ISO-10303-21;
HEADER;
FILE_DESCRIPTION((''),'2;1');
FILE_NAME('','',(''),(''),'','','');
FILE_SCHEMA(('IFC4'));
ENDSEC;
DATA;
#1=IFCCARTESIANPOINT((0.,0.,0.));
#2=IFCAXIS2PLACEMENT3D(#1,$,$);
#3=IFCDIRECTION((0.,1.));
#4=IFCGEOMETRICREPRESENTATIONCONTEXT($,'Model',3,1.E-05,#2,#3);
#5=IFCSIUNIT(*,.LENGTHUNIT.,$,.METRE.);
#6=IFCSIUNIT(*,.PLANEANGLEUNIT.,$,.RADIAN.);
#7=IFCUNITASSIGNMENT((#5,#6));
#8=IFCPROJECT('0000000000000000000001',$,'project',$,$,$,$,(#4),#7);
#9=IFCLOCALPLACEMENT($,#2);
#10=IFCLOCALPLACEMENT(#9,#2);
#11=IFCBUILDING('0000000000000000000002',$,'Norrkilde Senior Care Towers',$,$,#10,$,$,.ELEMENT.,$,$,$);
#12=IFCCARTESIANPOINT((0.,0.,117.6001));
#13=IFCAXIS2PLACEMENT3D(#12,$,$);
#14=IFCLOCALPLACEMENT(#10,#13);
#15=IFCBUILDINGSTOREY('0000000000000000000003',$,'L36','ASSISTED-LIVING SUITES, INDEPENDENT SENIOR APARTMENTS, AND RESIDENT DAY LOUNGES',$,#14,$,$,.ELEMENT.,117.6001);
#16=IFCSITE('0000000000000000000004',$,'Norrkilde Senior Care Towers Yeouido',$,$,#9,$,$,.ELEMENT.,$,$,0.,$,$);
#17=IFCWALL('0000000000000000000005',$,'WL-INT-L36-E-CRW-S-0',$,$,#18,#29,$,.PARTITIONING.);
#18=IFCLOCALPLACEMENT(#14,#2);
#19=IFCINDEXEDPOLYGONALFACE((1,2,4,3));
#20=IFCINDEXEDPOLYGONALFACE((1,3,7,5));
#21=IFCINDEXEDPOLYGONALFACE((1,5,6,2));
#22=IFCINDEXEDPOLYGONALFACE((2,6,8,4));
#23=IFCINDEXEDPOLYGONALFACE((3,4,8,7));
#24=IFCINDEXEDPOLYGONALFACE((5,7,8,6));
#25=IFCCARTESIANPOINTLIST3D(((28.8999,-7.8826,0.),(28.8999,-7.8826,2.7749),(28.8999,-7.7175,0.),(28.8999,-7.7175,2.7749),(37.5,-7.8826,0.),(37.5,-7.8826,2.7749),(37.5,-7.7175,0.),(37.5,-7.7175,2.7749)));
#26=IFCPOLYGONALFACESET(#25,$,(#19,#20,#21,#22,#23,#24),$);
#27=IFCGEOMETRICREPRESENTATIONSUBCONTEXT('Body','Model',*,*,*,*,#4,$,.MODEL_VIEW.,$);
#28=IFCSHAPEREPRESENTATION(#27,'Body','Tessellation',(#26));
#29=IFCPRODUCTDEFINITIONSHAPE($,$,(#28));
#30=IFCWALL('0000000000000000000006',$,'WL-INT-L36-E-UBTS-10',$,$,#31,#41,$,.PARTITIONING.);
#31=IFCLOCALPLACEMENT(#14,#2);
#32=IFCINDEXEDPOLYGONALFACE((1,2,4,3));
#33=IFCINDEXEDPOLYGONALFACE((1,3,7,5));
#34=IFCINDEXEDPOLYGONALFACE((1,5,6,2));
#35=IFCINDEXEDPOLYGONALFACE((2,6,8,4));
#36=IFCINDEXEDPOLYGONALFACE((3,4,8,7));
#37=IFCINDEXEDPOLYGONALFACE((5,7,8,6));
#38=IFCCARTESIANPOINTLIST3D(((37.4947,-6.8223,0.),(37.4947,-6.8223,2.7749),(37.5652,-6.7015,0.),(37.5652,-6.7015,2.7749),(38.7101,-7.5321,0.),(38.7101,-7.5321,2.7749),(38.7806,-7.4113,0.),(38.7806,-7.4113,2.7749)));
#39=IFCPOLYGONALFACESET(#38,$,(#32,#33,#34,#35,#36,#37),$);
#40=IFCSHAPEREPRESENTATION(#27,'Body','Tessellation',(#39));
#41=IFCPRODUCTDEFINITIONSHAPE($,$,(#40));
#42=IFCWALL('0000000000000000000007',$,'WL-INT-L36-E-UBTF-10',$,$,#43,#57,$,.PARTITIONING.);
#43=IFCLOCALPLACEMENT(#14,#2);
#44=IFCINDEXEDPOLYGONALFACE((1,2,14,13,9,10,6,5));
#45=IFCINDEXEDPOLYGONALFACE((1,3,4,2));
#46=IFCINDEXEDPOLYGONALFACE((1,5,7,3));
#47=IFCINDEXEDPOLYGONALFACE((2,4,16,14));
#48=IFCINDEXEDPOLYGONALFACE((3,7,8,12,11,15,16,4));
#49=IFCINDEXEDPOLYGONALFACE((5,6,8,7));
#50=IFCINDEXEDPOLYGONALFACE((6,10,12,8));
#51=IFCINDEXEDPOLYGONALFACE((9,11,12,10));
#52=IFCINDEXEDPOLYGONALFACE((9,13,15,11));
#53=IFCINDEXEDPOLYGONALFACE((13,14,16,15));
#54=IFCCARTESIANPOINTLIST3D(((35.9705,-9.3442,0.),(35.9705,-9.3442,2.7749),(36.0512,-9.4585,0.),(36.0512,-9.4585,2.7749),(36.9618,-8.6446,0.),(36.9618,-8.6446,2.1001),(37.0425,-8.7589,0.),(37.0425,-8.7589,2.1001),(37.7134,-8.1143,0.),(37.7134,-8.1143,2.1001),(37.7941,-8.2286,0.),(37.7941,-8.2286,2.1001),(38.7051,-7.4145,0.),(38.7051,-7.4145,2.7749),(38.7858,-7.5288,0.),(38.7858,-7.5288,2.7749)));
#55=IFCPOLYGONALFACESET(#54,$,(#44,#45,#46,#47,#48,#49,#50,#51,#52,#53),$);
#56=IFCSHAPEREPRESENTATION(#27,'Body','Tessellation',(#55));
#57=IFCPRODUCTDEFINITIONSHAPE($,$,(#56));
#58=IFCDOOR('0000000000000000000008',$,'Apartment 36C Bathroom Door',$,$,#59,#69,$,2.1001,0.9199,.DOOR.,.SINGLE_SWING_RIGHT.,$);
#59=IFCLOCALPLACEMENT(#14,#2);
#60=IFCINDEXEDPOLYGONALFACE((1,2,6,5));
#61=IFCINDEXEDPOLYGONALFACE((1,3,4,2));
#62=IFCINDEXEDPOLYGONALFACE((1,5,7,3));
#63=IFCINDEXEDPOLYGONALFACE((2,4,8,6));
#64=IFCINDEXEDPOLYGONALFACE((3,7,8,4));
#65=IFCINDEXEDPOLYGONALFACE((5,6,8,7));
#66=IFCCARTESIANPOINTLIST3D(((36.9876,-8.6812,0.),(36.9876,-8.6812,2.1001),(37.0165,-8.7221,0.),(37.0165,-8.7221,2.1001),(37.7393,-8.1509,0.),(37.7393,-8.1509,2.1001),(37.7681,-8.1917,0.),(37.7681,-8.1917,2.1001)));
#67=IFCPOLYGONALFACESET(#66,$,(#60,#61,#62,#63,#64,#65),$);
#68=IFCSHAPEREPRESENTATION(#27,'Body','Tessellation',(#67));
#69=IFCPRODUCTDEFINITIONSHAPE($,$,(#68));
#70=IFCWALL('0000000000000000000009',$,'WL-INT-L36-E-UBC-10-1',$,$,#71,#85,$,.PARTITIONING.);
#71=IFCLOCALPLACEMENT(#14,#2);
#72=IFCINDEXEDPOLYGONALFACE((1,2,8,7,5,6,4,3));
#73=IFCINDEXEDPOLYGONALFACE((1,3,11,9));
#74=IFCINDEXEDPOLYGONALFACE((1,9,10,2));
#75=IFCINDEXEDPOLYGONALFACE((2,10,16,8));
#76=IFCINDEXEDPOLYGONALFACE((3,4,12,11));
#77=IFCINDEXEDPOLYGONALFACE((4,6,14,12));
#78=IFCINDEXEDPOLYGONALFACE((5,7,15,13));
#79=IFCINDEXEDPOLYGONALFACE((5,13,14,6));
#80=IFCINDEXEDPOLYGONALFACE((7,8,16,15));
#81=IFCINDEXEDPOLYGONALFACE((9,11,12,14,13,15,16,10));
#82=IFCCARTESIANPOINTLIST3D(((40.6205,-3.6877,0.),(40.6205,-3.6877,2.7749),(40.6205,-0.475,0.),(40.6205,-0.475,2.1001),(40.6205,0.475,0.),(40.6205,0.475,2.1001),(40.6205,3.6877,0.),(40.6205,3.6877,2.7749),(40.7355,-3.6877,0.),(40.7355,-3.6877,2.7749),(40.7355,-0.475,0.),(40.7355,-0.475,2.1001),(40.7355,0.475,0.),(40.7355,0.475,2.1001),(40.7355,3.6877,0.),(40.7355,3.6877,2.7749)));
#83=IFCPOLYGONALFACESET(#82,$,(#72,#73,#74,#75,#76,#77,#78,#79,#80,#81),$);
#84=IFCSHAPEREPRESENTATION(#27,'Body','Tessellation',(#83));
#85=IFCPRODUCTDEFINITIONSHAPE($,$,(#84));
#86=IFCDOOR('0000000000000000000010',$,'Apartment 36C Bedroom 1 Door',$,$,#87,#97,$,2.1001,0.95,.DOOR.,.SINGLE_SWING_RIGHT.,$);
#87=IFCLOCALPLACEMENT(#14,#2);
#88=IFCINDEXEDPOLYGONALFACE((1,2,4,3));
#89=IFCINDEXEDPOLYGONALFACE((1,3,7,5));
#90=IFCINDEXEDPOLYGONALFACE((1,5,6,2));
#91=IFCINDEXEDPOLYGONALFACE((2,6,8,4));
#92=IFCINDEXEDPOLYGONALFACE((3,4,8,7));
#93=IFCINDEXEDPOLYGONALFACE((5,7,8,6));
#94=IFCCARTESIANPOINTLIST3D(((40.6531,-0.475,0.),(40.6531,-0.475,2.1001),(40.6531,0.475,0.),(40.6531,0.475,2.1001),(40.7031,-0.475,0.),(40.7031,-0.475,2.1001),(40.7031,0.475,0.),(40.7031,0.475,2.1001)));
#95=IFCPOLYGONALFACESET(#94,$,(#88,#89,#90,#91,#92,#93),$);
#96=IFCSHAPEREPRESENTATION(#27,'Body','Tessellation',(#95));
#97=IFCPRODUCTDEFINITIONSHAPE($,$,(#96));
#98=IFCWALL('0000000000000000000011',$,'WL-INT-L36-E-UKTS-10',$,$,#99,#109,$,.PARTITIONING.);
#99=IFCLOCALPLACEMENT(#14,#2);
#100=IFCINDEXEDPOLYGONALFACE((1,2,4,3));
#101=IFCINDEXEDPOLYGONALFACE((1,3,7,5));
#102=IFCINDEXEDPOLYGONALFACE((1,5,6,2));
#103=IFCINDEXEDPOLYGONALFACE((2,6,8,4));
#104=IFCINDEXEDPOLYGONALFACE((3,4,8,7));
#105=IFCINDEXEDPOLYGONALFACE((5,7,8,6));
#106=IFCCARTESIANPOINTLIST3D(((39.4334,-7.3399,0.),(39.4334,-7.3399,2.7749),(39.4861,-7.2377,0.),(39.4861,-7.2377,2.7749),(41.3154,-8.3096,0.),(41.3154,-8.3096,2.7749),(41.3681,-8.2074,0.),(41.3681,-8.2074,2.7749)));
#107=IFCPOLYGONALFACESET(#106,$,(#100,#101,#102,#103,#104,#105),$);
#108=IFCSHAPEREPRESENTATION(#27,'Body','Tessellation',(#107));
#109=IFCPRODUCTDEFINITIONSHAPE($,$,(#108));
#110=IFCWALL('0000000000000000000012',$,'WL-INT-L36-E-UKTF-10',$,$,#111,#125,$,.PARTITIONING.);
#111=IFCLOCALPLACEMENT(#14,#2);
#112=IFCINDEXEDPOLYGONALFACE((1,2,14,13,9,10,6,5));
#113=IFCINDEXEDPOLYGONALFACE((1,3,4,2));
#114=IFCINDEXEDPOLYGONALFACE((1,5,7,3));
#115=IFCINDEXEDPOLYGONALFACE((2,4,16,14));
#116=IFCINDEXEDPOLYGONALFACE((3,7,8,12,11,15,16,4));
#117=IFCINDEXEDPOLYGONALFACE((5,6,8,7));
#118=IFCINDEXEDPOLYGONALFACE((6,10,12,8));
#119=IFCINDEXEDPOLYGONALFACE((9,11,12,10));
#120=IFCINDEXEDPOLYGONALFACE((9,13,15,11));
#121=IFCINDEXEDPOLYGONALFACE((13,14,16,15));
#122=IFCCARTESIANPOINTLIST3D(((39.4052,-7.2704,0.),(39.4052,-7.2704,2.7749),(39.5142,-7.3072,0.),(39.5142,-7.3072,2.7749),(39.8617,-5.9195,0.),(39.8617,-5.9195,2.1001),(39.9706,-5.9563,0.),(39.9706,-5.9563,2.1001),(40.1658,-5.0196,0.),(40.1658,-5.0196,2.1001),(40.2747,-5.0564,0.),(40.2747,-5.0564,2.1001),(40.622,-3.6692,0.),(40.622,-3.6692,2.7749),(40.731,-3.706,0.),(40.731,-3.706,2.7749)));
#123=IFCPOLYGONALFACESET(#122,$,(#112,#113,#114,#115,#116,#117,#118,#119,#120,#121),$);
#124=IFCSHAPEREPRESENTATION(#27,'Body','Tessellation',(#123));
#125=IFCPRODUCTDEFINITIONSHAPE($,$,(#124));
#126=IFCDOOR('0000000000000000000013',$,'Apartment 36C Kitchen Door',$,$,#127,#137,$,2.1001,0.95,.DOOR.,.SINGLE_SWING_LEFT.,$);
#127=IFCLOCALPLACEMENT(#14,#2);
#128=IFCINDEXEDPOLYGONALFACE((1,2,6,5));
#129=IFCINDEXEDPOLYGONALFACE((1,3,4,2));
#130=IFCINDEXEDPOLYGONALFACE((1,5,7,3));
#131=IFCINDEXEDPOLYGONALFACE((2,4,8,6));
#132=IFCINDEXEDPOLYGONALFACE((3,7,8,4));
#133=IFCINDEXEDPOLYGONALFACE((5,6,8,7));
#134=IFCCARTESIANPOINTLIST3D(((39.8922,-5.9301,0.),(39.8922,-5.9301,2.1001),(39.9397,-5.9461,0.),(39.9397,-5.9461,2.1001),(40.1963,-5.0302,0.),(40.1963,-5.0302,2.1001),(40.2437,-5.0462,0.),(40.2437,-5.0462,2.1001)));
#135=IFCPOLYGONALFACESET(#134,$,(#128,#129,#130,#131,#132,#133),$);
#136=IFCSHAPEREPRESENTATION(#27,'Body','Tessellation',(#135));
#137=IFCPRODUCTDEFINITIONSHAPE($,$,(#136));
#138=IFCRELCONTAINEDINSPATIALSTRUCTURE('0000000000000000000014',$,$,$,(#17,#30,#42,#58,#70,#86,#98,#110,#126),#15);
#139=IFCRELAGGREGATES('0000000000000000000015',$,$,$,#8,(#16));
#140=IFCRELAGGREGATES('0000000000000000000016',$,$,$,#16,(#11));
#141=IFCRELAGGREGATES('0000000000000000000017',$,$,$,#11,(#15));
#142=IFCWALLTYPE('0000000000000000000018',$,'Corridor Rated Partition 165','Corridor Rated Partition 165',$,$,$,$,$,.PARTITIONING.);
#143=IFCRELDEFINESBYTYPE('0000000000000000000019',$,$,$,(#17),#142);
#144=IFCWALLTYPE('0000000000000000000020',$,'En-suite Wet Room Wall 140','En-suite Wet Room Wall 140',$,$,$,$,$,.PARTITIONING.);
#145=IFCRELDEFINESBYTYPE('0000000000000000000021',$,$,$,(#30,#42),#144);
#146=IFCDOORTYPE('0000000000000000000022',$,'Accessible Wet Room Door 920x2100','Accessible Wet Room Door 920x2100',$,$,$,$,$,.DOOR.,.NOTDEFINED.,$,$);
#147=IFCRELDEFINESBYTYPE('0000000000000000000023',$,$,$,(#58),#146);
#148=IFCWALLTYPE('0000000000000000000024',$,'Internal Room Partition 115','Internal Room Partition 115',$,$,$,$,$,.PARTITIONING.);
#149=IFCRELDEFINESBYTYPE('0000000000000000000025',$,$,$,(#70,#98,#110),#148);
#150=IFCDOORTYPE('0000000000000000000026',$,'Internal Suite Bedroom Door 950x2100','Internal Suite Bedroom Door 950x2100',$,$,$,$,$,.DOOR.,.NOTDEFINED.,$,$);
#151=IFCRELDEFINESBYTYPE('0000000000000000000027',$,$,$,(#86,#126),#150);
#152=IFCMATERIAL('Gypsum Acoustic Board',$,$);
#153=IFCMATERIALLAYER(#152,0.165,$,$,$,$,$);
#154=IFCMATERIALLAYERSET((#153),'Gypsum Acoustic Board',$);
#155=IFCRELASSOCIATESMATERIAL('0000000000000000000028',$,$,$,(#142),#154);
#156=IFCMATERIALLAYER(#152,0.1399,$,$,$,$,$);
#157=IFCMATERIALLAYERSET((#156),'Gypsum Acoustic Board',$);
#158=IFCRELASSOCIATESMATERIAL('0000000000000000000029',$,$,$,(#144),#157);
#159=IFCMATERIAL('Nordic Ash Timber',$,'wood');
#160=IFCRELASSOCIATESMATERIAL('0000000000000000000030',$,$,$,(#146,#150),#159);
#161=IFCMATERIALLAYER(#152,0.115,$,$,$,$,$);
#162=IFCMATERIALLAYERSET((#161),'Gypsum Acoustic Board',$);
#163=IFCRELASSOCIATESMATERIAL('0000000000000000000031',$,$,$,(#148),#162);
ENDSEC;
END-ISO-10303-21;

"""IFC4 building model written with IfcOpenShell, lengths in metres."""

from ifc_helpers import new_model, si_unit, direction, frame, frame_2d, origin, place, context, subcontext, project, spatial, rectangle, extrude, source, transform, mapped, material, layer, layer_set, type_object, type_shapes, element, fill, save


model = new_model("IFC4")

# Units and contexts
model_context = context("Model", 3, precision=1e-05, world=origin(), true_north=direction((0.0, 1.0)))
body_context = subcontext(model_context, "Body", "Model", "MODEL_VIEW")
ifc_project = project(units=[si_unit("LENGTHUNIT", "METRE"), si_unit("PLANEANGLEUNIT", "RADIAN")], contexts=[model_context])

# Site, building, storey
site_placement = place(None, origin())
site = spatial("IfcSite", under=ifc_project, at=site_placement, Name="Norrkilde Senior Care Towers Yeouido", CompositionType="ELEMENT", RefElevation=0.0)
building_placement = place(site_placement, origin())
building = spatial("IfcBuilding", under=site, at=building_placement, Name="Norrkilde Senior Care Towers", CompositionType="ELEMENT")
storey_placement = place(building_placement, frame((0.0, 0.0, 117.6001)))
storey = spatial("IfcBuildingStorey", under=building, at=storey_placement, Name="L36", Description="ASSISTED-LIVING SUITES, INDEPENDENT SENIOR APARTMENTS, AND RESIDENT DAY LOUNGES", CompositionType="ELEMENT", Elevation=117.6001)

# Walls
ifc_material_1 = material(Name="Gypsum Acoustic Board")
ifc_layer_1 = layer(ifc_material_1, 0.165)
ifc_layer_set_1 = layer_set([ifc_layer_1], Name="Gypsum Acoustic Board")
wall_type_1 = type_object("IfcWallType", Name="Corridor Rated Partition 165", Description="Corridor Rated Partition 165", PredefinedType="PARTITIONING", material=ifc_layer_set_1)
shared_shape_1 = source(origin(), body_context, "Body", "SweptSolid", [
    extrude(rectangle(XDim=8.6001, YDim=0.165, at=frame_2d((4.3, 0.0))), origin(), (0.0, 0.0, 1.0), 2.7749),
])
type_shapes(wall_type_1, [shared_shape_1])
wall_1_placement = place(storey_placement, frame((37.5, -7.8, 0.0), z_axis=(0.0, 0.0, 1.0), x_axis=(-1.0, 0.0, 0.0)))
element("IfcWall", 1, at=wall_1_placement, inside=storey, type_object=wall_type_1, Name="WL-INT-L36-E-CRW-S-0", PredefinedType="PARTITIONING", context=body_context, shape_type="MappedRepresentation", body=[
    mapped(shared_shape_1, transform((0.0, 0.0, 0.0), x_axis=(1.0, 0.0, 0.0), y_axis=(0.0, 1.0, 0.0), z_axis=(0.0, 0.0, 1.0), scale=1.0)),
])
ifc_layer_2 = layer(ifc_material_1, 0.1399)
ifc_layer_set_2 = layer_set([ifc_layer_2], Name="Gypsum Acoustic Board")
wall_type_2 = type_object("IfcWallType", Name="En-suite Wet Room Wall 140", Description="En-suite Wet Room Wall 140", PredefinedType="PARTITIONING", material=ifc_layer_set_2)
shared_shape_2 = source(origin(), body_context, "Body", "SweptSolid", [
    extrude(rectangle(XDim=1.4075, YDim=0.1399, at=frame_2d((0.7036, 0.0))), origin(), (0.0, 0.0, 1.0), 2.7749),
])
wall_2_placement = place(storey_placement, frame((37.53, -6.762, 0.0), z_axis=(0.0, 0.0, 1.0), x_axis=(0.86354, -0.504281, 0.0)))
element("IfcWall", 2, at=wall_2_placement, inside=storey, type_object=wall_type_2, Name="WL-INT-L36-E-UBTS-10", PredefinedType="PARTITIONING", context=body_context, shape_type="MappedRepresentation", body=[
    mapped(shared_shape_2, transform((0.0, 0.0, 0.0), x_axis=(1.0, 0.0, 0.0), y_axis=(0.0, 1.0, 0.0), z_axis=(0.0, 0.0, 1.0), scale=1.0)),
])

# Walls, openings, doors
shared_shape_3 = source(origin(), body_context, "Body", "SweptSolid", [
    extrude(rectangle(XDim=3.3469, YDim=0.1399, at=frame_2d((1.6733, 0.0))), origin(), (0.0, 0.0, 1.0), 2.7749),
])
type_shapes(wall_type_2, [shared_shape_2, shared_shape_3])
wall_3_placement = place(storey_placement, frame((38.7454, -7.4717, 0.0), z_axis=(0.0, 0.0, 1.0), x_axis=(-0.817057, -0.576557, 0.0)))
wall_3 = element("IfcWall", 3, at=wall_3_placement, inside=storey, type_object=wall_type_2, Name="WL-INT-L36-E-UBTF-10", PredefinedType="PARTITIONING", context=body_context, shape_type="MappedRepresentation", body=[
    mapped(shared_shape_3, transform((0.0, 0.0, 0.0), x_axis=(1.0, 0.0, 0.0), y_axis=(0.0, 1.0, 0.0), z_axis=(0.0, 0.0, 1.0), scale=1.0)),
])
opening_1_placement = place(wall_3_placement, frame((1.2136, 0.0, 0.0)))
opening_1 = element("IfcOpeningElement", 4, at=opening_1_placement, cuts=wall_3, PredefinedType="OPENING", context=body_context, shape_type="SweptSolid", body=[
    extrude(rectangle(XDim=0.9199, YDim=2.1001, at=frame_2d((0.46, 1.05))), frame((0.0, 0.0798, 0.0), z_axis=(0.0, -1.0, 0.0), x_axis=(1.0, 0.0, 0.0)), (0.0, 0.0, 1.0), 0.1599),
])
ifc_material_2 = material(Name="Nordic Ash Timber", Category="wood")
door_type_1 = type_object("IfcDoorType", Name="Accessible Wet Room Door 920x2100", Description="Accessible Wet Room Door 920x2100", OperationType="NOTDEFINED", PredefinedType="DOOR", material=ifc_material_2)
shared_shape_4 = source(origin(), body_context, "Body", "SweptSolid", [
    extrude(rectangle(XDim=0.9199, YDim=2.1001, at=frame_2d((0.46, 1.05))), frame((0.0, 0.0249, 0.0), z_axis=(0.0, -1.0, 0.0), x_axis=(1.0, 0.0, 0.0)), (0.0, 0.0, 1.0), 0.05),
])
type_shapes(door_type_1, [shared_shape_4])
door_1_placement = place(opening_1_placement, origin())
door_1 = element("IfcDoor", 5, at=door_1_placement, inside=storey, type_object=door_type_1, Name="Apartment 36C Bathroom Door", OperationType="SINGLE_SWING_RIGHT", OverallHeight=2.1001, OverallWidth=0.9199, PredefinedType="DOOR", context=body_context, shape_type="MappedRepresentation", body=[
    mapped(shared_shape_4, transform((0.0, 0.0, 0.0), x_axis=(1.0, 0.0, 0.0), y_axis=(0.0, 1.0, 0.0), z_axis=(0.0, 0.0, 1.0), scale=1.0)),
])
fill(opening_1, door_1)
ifc_layer_3 = layer(ifc_material_1, 0.115)
ifc_layer_set_3 = layer_set([ifc_layer_3], Name="Gypsum Acoustic Board")
wall_type_3 = type_object("IfcWallType", Name="Internal Room Partition 115", Description="Internal Room Partition 115", PredefinedType="PARTITIONING", material=ifc_layer_set_3)
shared_shape_5 = source(origin(), body_context, "Body", "SweptSolid", [
    extrude(rectangle(XDim=7.3755, YDim=0.115, at=frame_2d((3.6877, 0.0))), origin(), (0.0, 0.0, 1.0), 2.7749),
])
wall_4_placement = place(storey_placement, frame((40.678, -3.6877, 0.0), z_axis=(0.0, 0.0, 1.0), x_axis=(0.0, 1.0, 0.0)))
wall_4 = element("IfcWall", 6, at=wall_4_placement, inside=storey, type_object=wall_type_3, Name="WL-INT-L36-E-UBC-10-1", PredefinedType="PARTITIONING", context=body_context, shape_type="MappedRepresentation", body=[
    mapped(shared_shape_5, transform((0.0, 0.0, 0.0), x_axis=(1.0, 0.0, 0.0), y_axis=(0.0, 1.0, 0.0), z_axis=(0.0, 0.0, 1.0), scale=1.0)),
])
opening_2_placement = place(wall_4_placement, frame((3.2126, 0.0, 0.0)))
opening_2 = element("IfcOpeningElement", 7, at=opening_2_placement, cuts=wall_4, PredefinedType="OPENING", context=body_context, shape_type="SweptSolid", body=[
    extrude(rectangle(XDim=0.95, YDim=2.1001, at=frame_2d((0.4751, 1.05))), frame((0.0, 0.0674, 0.0), z_axis=(0.0, -1.0, 0.0), x_axis=(1.0, 0.0, 0.0)), (0.0, 0.0, 1.0), 0.135),
])
door_type_2 = type_object("IfcDoorType", Name="Internal Suite Bedroom Door 950x2100", Description="Internal Suite Bedroom Door 950x2100", OperationType="NOTDEFINED", PredefinedType="DOOR", material=ifc_material_2)
shared_shape_6 = source(origin(), body_context, "Body", "SweptSolid", [
    extrude(rectangle(XDim=0.95, YDim=2.1001, at=frame_2d((0.4751, 1.05))), frame((0.0, 0.0249, 0.0), z_axis=(0.0, -1.0, 0.0), x_axis=(1.0, 0.0, 0.0)), (0.0, 0.0, 1.0), 0.05),
])
type_shapes(door_type_2, [shared_shape_6])
door_2_placement = place(opening_2_placement, origin())
door_2 = element("IfcDoor", 8, at=door_2_placement, inside=storey, type_object=door_type_2, Name="Apartment 36C Bedroom 1 Door", OperationType="SINGLE_SWING_RIGHT", OverallHeight=2.1001, OverallWidth=0.95, PredefinedType="DOOR", context=body_context, shape_type="MappedRepresentation", body=[
    mapped(shared_shape_6, transform((0.0, 0.0, 0.0), x_axis=(1.0, 0.0, 0.0), y_axis=(0.0, 1.0, 0.0), z_axis=(0.0, 0.0, 1.0), scale=1.0)),
])
fill(opening_2, door_2)

# Wall
shared_shape_7 = source(origin(), body_context, "Body", "SweptSolid", [
    extrude(rectangle(XDim=2.1172, YDim=0.115, at=frame_2d((1.0586, 0.0))), origin(), (0.0, 0.0, 1.0), 2.7749),
])
wall_5_placement = place(storey_placement, frame((39.4597, -7.2888, 0.0), z_axis=(0.0, 0.0, 1.0), x_axis=(0.888942, -0.45802, 0.0)))
element("IfcWall", 9, at=wall_5_placement, inside=storey, type_object=wall_type_3, Name="WL-INT-L36-E-UKTS-10", PredefinedType="PARTITIONING", context=body_context, shape_type="MappedRepresentation", body=[
    mapped(shared_shape_7, transform((0.0, 0.0, 0.0), x_axis=(1.0, 0.0, 0.0), y_axis=(0.0, 1.0, 0.0), z_axis=(0.0, 0.0, 1.0), scale=1.0)),
])

# Wall, opening, door
shared_shape_8 = source(origin(), body_context, "Body", "SweptSolid", [
    extrude(rectangle(XDim=3.8013, YDim=0.115, at=frame_2d((1.9006, 0.0))), origin(), (0.0, 0.0, 1.0), 2.7749),
])
type_shapes(wall_type_3, [shared_shape_5, shared_shape_7, shared_shape_8])
wall_6_placement = place(storey_placement, frame((39.4597, -7.2888, 0.0), z_axis=(0.0, 0.0, 1.0), x_axis=(0.320098, 0.947384, 0.0)))
wall_6 = element("IfcWall", 10, at=wall_6_placement, inside=storey, type_object=wall_type_3, Name="WL-INT-L36-E-UKTF-10", PredefinedType="PARTITIONING", context=body_context, shape_type="MappedRepresentation", body=[
    mapped(shared_shape_8, transform((0.0, 0.0, 0.0), x_axis=(1.0, 0.0, 0.0), y_axis=(0.0, 1.0, 0.0), z_axis=(0.0, 0.0, 1.0), scale=1.0)),
])
opening_3_placement = place(wall_6_placement, frame((1.4258, 0.0, 0.0)))
opening_3 = element("IfcOpeningElement", 11, at=opening_3_placement, cuts=wall_6, PredefinedType="OPENING", context=body_context, shape_type="SweptSolid", body=[
    extrude(rectangle(XDim=0.95, YDim=2.1001, at=frame_2d((0.4751, 1.05))), frame((0.0, 0.0674, 0.0), z_axis=(0.0, -1.0, 0.0), x_axis=(1.0, 0.0, 0.0)), (0.0, 0.0, 1.0), 0.135),
])
door_3_placement = place(opening_3_placement, frame((0.95, 0.0, 0.0), z_axis=(0.0, 0.0, 1.0), x_axis=(-1.0, 0.0, 0.0)))
door_3 = element("IfcDoor", 12, at=door_3_placement, inside=storey, type_object=door_type_2, Name="Apartment 36C Kitchen Door", OperationType="SINGLE_SWING_LEFT", OverallHeight=2.1001, OverallWidth=0.95, PredefinedType="DOOR", context=body_context, shape_type="MappedRepresentation", body=[
    mapped(shared_shape_6, transform((0.0, 0.0, 0.0), x_axis=(1.0, 0.0, 0.0), y_axis=(0.0, 1.0, 0.0), z_axis=(0.0, 0.0, 1.0), scale=1.0)),
])
fill(opening_3, door_3)

save(model, "model.ifc")
